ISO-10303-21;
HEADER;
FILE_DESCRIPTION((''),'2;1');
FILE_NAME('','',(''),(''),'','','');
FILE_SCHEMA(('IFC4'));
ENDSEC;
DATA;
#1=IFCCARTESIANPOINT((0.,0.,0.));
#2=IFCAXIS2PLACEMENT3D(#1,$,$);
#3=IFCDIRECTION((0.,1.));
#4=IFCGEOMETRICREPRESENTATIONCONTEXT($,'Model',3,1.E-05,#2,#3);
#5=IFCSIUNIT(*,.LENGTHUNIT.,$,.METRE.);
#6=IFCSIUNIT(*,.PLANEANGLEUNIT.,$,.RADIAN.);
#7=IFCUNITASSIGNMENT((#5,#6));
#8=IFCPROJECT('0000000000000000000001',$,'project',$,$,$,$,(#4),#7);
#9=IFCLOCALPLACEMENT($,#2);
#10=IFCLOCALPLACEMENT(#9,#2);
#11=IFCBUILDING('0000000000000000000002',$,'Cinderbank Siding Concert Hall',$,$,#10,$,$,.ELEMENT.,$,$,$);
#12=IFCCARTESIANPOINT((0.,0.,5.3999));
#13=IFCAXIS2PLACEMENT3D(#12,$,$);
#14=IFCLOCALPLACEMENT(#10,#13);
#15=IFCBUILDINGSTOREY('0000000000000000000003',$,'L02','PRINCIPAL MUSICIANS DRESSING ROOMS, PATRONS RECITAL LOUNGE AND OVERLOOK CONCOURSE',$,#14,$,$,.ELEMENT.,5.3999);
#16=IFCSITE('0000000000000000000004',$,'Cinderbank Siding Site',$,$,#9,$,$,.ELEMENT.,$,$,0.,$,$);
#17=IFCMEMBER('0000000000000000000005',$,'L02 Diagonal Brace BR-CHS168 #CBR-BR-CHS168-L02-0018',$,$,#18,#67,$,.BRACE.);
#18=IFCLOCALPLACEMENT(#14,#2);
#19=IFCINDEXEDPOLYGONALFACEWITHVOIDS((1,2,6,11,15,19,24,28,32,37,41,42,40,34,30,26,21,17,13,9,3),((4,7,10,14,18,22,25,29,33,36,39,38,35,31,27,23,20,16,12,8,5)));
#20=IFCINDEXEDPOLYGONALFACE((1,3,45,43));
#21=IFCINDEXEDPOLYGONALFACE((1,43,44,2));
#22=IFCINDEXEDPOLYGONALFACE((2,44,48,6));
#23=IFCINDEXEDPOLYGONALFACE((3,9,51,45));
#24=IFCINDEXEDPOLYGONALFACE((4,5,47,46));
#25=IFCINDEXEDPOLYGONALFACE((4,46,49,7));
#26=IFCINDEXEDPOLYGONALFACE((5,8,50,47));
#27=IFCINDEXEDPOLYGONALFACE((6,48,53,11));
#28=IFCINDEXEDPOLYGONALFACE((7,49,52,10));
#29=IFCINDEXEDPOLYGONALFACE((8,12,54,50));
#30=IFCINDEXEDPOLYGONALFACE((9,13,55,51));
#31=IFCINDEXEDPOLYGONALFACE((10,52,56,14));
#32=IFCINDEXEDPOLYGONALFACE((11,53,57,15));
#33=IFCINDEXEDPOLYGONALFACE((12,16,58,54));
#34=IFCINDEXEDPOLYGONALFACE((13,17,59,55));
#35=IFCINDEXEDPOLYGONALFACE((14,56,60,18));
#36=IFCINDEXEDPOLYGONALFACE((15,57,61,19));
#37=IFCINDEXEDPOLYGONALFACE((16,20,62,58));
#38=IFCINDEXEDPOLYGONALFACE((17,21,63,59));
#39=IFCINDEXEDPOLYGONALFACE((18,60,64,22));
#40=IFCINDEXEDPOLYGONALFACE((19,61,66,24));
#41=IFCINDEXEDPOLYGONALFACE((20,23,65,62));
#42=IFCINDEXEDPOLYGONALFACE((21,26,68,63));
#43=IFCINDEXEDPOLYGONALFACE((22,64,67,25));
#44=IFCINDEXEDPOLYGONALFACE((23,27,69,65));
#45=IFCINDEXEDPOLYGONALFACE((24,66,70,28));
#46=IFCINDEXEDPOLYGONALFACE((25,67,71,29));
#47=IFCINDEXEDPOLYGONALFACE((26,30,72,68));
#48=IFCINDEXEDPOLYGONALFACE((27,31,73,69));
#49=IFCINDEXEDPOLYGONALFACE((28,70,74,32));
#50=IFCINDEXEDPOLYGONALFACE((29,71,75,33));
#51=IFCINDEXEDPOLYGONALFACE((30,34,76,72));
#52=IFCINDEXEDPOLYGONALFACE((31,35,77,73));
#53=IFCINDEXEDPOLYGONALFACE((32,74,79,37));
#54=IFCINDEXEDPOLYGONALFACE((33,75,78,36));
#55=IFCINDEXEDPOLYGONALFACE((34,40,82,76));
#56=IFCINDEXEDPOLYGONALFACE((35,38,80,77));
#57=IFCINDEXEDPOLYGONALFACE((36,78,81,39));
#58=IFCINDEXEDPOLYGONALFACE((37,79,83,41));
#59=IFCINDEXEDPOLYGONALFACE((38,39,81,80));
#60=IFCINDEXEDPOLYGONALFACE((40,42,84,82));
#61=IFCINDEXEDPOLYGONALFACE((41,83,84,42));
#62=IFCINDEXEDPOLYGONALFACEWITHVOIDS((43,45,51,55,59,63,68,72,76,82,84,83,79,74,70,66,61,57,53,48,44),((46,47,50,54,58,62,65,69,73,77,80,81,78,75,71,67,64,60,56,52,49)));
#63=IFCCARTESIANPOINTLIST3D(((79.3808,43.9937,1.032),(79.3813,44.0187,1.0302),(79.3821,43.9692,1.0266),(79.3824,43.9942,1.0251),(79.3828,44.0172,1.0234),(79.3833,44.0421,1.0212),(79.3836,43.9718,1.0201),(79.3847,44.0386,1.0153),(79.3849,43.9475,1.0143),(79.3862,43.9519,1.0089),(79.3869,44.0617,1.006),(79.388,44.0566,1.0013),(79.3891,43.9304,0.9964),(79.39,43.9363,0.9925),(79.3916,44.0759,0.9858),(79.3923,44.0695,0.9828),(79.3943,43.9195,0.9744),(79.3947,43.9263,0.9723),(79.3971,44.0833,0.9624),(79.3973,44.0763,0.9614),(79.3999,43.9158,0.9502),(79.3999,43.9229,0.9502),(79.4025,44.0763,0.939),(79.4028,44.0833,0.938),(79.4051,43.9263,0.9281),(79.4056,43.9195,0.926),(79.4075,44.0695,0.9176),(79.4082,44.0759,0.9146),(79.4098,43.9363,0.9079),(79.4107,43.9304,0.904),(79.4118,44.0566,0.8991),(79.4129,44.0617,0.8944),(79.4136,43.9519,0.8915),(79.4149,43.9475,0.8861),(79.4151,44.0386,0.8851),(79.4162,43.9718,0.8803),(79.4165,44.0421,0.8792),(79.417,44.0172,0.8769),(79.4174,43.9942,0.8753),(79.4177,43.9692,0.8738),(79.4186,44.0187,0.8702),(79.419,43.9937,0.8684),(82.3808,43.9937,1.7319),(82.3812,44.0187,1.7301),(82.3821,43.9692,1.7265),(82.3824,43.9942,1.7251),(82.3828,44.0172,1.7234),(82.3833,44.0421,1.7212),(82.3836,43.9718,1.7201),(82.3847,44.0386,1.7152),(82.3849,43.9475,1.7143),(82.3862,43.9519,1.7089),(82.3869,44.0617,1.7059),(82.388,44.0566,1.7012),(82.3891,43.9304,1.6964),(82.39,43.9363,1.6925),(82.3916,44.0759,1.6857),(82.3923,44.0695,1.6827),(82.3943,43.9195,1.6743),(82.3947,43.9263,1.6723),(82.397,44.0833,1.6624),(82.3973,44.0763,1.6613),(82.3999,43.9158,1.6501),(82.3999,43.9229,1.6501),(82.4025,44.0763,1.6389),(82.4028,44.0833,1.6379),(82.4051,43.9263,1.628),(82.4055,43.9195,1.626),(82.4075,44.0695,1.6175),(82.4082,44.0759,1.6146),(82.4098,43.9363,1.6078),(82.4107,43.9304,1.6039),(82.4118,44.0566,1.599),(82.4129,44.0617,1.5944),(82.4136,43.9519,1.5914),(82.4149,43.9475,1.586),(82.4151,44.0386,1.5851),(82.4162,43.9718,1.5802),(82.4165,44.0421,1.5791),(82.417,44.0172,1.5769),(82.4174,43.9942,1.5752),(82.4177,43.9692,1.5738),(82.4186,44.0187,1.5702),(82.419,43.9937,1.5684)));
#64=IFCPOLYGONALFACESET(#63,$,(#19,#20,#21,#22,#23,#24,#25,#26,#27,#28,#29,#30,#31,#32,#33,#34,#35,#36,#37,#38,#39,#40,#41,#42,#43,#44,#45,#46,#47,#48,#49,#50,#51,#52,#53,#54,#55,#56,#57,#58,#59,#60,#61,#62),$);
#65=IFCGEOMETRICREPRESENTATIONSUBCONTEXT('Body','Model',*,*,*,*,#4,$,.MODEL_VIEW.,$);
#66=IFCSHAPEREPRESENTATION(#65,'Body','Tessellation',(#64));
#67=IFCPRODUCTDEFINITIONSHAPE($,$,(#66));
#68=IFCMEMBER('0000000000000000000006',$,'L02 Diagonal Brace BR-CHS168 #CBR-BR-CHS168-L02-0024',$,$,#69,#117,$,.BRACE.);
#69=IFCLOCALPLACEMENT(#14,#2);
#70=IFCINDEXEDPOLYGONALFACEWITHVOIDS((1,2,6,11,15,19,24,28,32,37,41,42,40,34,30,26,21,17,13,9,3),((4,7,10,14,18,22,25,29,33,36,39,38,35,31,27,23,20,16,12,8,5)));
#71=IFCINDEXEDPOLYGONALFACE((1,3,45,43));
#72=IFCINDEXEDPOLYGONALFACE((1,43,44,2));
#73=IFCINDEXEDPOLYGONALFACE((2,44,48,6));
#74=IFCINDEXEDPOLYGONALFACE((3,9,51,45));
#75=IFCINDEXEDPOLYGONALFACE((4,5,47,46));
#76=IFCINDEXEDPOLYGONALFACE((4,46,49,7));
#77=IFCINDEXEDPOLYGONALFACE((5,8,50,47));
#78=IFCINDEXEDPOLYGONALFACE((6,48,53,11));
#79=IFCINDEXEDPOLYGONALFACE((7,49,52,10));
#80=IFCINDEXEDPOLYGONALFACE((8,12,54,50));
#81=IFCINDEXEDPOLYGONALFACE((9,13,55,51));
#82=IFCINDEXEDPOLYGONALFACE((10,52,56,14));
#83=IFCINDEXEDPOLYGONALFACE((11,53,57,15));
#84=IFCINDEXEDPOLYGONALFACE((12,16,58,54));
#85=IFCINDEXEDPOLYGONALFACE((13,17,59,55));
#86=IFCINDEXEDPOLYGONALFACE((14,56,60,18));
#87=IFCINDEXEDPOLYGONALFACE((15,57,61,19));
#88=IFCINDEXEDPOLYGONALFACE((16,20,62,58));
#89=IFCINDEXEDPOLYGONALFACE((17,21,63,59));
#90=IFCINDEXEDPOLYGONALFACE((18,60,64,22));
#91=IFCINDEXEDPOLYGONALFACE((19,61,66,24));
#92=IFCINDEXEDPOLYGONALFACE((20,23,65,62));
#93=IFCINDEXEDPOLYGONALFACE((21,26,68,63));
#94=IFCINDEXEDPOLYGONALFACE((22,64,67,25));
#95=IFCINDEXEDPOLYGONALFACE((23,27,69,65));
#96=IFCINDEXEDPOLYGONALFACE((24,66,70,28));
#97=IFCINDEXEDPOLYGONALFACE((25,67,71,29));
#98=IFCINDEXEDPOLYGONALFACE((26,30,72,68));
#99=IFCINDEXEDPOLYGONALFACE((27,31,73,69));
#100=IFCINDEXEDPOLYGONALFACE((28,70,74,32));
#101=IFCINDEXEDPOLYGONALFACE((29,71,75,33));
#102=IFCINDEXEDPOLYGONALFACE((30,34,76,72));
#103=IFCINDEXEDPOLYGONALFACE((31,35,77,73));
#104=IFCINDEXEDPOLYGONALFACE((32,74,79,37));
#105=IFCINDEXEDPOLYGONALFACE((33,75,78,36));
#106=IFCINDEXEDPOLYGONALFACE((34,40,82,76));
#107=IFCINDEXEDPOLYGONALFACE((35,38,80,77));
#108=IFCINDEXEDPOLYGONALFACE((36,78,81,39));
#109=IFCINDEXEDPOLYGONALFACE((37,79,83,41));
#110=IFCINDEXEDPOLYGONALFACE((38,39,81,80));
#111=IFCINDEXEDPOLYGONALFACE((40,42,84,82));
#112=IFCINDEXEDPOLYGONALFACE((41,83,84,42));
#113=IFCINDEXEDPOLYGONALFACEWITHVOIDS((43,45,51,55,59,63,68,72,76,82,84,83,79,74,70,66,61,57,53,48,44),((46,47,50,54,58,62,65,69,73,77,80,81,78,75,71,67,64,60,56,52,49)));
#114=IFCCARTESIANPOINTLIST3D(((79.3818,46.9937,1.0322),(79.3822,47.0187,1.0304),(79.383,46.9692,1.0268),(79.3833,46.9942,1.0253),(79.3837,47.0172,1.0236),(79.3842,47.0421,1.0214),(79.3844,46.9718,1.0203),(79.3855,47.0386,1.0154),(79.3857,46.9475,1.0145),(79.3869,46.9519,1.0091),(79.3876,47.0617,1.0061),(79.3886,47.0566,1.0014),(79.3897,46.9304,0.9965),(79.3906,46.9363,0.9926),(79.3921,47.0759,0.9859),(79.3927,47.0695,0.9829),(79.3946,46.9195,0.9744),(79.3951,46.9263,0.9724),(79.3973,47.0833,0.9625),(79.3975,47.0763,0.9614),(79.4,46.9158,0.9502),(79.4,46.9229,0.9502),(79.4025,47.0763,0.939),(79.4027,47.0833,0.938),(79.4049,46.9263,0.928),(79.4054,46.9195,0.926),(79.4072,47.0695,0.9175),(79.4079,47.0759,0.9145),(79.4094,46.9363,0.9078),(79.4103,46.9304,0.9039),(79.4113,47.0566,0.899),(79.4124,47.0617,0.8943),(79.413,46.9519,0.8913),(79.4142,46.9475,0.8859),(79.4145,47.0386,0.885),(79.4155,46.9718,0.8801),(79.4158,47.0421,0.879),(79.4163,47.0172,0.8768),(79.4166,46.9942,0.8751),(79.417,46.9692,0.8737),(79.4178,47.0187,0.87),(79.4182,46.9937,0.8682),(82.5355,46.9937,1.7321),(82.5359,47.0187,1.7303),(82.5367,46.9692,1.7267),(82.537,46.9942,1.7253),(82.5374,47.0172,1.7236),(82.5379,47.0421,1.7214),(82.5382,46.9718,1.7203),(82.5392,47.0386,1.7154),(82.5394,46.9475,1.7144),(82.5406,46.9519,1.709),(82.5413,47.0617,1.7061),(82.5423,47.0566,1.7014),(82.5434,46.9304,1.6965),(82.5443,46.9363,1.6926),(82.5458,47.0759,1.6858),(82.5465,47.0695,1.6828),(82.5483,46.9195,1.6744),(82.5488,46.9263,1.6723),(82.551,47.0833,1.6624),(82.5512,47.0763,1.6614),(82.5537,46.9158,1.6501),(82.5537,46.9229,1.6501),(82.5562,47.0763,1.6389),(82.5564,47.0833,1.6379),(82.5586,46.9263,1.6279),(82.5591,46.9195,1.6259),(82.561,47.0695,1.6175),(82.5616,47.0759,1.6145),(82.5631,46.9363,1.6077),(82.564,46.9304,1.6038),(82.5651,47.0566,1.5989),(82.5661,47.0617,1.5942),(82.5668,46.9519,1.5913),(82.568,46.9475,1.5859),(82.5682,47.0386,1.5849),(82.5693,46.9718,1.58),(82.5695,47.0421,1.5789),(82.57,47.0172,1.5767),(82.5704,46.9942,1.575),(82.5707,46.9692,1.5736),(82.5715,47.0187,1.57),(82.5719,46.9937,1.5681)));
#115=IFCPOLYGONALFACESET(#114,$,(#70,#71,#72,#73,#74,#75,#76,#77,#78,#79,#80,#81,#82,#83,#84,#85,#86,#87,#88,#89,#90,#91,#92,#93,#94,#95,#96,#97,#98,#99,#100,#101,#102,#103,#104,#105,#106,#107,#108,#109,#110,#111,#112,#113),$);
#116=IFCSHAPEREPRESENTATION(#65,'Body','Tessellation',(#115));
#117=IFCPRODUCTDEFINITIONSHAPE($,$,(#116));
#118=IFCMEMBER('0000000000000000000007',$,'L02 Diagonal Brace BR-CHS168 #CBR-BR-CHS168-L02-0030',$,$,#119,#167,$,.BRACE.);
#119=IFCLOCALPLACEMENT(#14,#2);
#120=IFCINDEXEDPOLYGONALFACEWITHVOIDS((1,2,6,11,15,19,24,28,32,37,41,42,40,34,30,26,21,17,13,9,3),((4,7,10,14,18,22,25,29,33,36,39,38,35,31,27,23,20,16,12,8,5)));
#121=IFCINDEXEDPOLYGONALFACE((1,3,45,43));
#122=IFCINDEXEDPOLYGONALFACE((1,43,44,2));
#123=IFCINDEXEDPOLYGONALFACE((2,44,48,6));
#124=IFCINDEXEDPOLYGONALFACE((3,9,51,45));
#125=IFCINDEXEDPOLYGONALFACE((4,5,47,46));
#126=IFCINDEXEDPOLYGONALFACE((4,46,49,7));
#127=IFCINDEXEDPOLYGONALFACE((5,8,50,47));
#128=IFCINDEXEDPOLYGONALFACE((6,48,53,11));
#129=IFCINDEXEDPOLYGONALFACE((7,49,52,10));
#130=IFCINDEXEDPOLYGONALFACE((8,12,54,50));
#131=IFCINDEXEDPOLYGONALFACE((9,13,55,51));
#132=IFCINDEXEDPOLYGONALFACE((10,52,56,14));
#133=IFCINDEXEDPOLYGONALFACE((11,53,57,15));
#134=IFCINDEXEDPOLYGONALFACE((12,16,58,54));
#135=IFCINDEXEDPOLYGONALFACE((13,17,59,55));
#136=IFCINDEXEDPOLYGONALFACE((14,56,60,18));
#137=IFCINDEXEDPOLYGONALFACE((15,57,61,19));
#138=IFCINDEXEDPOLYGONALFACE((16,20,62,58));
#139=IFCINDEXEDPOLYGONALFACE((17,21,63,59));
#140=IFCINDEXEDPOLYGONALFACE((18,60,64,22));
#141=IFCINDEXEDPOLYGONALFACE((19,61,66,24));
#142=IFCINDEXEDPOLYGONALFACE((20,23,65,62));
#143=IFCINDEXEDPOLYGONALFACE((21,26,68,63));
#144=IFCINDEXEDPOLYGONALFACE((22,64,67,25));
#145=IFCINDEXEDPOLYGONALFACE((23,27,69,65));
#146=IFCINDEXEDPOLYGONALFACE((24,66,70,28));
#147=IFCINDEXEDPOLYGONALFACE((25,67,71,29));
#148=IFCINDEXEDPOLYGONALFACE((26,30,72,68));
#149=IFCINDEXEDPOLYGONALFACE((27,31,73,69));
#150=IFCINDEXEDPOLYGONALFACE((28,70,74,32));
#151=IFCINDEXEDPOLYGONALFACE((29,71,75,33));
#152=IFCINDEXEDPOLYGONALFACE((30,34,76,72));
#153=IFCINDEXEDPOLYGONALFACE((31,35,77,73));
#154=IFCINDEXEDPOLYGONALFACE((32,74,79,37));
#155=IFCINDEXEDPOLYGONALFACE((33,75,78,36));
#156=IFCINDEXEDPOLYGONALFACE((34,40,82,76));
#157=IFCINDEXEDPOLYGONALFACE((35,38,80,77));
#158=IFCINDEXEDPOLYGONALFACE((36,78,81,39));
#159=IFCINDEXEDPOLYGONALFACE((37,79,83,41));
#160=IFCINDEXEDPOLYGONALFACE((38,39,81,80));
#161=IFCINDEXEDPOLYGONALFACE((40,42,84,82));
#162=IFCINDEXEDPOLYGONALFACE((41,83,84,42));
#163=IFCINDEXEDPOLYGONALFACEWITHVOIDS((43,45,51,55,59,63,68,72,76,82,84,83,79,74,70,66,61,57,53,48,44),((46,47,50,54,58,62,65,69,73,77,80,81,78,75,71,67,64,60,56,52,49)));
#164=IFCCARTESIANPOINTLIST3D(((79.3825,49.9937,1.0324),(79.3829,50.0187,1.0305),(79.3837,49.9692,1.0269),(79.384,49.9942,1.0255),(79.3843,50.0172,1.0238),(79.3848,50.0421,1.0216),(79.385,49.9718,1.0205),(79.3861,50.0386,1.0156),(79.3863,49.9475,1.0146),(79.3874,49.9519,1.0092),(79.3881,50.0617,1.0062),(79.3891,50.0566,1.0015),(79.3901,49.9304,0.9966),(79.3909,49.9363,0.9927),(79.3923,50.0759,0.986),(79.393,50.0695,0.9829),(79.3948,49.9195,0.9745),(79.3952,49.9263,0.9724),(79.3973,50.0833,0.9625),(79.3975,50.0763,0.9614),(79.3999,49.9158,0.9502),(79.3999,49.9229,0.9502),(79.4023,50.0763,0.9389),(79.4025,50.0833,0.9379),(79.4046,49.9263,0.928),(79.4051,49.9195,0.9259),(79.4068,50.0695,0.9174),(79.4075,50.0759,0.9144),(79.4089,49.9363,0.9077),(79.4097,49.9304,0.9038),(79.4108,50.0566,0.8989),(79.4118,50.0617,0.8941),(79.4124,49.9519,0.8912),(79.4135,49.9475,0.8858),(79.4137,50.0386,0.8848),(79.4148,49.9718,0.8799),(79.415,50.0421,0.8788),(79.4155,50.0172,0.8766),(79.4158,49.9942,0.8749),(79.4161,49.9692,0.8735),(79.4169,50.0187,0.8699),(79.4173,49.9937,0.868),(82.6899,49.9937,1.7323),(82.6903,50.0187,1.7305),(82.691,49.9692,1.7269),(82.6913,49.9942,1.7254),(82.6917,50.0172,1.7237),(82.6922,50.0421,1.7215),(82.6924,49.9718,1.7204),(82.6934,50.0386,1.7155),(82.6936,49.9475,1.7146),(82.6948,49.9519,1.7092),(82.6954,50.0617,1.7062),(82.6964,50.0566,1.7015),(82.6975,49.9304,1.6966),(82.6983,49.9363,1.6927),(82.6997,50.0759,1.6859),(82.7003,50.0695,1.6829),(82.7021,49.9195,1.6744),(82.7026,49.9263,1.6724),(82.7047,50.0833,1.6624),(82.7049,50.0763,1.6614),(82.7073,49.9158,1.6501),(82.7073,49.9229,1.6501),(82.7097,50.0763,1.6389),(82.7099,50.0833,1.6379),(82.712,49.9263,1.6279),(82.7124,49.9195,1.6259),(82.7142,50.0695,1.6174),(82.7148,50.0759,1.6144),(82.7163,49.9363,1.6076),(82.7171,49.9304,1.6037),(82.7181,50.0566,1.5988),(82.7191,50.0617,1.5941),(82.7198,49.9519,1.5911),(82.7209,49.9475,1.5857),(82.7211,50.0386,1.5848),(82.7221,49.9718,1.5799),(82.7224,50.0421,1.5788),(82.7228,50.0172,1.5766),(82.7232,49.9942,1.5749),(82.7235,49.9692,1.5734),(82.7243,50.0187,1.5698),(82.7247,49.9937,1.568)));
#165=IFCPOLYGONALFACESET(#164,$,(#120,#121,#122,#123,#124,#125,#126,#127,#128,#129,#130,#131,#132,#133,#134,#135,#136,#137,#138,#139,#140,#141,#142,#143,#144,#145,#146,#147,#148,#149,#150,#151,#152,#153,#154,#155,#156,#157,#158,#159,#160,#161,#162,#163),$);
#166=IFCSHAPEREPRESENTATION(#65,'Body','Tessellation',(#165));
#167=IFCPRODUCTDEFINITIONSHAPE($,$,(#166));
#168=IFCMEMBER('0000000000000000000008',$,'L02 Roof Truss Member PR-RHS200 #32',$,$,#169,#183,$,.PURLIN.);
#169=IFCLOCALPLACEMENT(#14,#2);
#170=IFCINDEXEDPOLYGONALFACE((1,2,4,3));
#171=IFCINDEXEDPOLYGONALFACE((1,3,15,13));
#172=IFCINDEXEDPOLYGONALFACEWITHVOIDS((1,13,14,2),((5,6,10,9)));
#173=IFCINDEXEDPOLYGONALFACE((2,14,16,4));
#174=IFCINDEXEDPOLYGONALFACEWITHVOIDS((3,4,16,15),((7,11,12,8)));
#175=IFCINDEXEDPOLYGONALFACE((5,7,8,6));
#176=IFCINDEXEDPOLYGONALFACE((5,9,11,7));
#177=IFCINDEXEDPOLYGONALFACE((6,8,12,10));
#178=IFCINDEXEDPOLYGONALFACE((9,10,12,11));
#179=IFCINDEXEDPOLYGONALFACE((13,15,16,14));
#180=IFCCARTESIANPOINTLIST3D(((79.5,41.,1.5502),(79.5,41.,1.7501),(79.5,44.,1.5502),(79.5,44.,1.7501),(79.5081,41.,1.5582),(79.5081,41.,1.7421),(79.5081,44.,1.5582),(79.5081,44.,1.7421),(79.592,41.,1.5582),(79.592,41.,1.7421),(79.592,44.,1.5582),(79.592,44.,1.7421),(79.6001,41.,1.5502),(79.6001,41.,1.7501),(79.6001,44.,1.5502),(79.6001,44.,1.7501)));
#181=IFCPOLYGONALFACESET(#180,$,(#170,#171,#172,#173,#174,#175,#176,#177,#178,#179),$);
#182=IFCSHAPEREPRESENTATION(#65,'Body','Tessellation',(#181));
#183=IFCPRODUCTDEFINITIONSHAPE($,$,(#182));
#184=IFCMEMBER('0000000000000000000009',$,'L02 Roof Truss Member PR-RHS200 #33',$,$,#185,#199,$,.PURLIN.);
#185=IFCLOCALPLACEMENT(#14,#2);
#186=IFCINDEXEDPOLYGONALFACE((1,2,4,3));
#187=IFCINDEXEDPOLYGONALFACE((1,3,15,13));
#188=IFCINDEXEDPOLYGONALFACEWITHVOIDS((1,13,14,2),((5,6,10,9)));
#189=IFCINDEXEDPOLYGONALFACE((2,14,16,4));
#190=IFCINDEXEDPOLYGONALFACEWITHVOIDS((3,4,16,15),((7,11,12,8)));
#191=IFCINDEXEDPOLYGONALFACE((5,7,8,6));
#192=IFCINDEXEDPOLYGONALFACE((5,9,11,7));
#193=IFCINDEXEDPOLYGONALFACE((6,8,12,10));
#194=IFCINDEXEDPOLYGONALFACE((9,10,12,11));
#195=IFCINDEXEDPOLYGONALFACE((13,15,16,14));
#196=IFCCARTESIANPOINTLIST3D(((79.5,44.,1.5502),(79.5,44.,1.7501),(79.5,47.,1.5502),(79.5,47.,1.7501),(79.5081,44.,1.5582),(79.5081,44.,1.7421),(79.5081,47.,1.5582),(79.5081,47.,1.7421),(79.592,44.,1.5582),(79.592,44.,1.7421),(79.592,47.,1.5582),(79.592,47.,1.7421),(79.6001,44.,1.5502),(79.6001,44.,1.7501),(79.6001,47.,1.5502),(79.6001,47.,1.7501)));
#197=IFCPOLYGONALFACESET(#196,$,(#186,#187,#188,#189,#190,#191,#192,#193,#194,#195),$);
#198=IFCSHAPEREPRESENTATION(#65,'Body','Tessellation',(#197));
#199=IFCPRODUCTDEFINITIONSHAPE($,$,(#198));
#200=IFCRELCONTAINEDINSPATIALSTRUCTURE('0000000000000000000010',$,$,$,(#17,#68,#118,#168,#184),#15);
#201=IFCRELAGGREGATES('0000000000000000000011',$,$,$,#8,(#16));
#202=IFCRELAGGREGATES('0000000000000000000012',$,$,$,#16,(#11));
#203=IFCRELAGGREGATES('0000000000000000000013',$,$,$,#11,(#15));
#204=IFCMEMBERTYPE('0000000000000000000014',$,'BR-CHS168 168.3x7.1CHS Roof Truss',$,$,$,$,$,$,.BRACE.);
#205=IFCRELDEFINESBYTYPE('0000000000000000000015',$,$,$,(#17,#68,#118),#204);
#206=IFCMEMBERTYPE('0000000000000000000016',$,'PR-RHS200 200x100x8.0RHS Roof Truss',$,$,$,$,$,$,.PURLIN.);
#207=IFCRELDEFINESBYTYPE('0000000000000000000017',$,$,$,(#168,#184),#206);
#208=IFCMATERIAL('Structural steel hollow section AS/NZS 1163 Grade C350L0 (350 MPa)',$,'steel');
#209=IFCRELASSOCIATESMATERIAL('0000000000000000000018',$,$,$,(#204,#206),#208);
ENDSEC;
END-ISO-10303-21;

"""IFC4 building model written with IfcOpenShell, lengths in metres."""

from ifc_helpers import new_model, si_unit, direction, frame, origin, origin_2d, place, context, subcontext, project, spatial, hollow_rectangle, hollow_circle, extrude, material, material_profile, profile_set, type_object, element, save


model = new_model("IFC4")

# Units and contexts
model_context = context("Model", 3, precision=1e-05, world=origin(), true_north=direction((0.0, 1.0)))
body_context = subcontext(model_context, "Body", "Model", "MODEL_VIEW")
ifc_project = project(units=[si_unit("LENGTHUNIT", "METRE"), si_unit("PLANEANGLEUNIT", "RADIAN")], contexts=[model_context])

# Site, building, storey
site_placement = place(None, origin())
site = spatial("IfcSite", under=ifc_project, at=site_placement, Name="Cinderbank Siding Site", CompositionType="ELEMENT", RefElevation=0.0)
building_placement = place(site_placement, origin())
building = spatial("IfcBuilding", under=site, at=building_placement, Name="Cinderbank Siding Concert Hall", CompositionType="ELEMENT")
storey_placement = place(building_placement, frame((0.0, 0.0, 5.3999)))
storey = spatial("IfcBuildingStorey", under=building, at=storey_placement, Name="L02", Description="PRINCIPAL MUSICIANS DRESSING ROOMS, PATRONS RECITAL LOUNGE AND OVERLOOK CONCOURSE", CompositionType="ELEMENT", Elevation=5.3999)

# Shared definitions
ifc_material_1 = material(Name="Structural steel hollow section AS/NZS 1163 Grade C350L0 (350 MPa)", Category="steel")

# Members
ifc_material_profile_1 = material_profile(ifc_material_1, hollow_circle(Radius=0.0842, WallThickness=0.0071, at=origin_2d()), Name="168.3x7.1CHS", Category="LoadBearing")
ifc_profile_set_1 = profile_set([ifc_material_profile_1], Name="Structural steel hollow section AS/NZS 1163 Grade C350L0 (350 MPa)")
member_type_1 = type_object("IfcMemberType", Name="BR-CHS168 168.3x7.1CHS Roof Truss", PredefinedType="BRACE", material=ifc_profile_set_1)
member_1_placement = place(storey_placement, frame((82.3999, 44.0, 1.6501), z_axis=(-0.973845, 0.0, -0.227215), x_axis=(0.0, -1.0, 0.0)))
element("IfcMember", 1, at=member_1_placement, inside=storey, type_object=member_type_1, Name="L02 Diagonal Brace BR-CHS168 #CBR-BR-CHS168-L02-0018", PredefinedType="BRACE", context=body_context, shape_type="SweptSolid", body=[
    extrude(hollow_circle(Radius=0.0842, WallThickness=0.0071, at=origin_2d()), origin(), (0.0, 0.0, 1.0), 3.0806),
])
member_2_placement = place(storey_placement, frame((82.5537, 47.0, 1.6501), z_axis=(-0.976246, 0.0, -0.216666), x_axis=(0.0, -1.0, 0.0)))
element("IfcMember", 2, at=member_2_placement, inside=storey, type_object=member_type_1, Name="L02 Diagonal Brace BR-CHS168 #CBR-BR-CHS168-L02-0024", PredefinedType="BRACE", context=body_context, shape_type="SweptSolid", body=[
    extrude(hollow_circle(Radius=0.0842, WallThickness=0.0071, at=origin_2d()), origin(), (0.0, 0.0, 1.0), 3.2305),
])
member_3_placement = place(storey_placement, frame((82.7073, 50.0, 1.6501), z_axis=(-0.978331, 0.0, -0.207048), x_axis=(0.0, -1.0, 0.0)))
element("IfcMember", 3, at=member_3_placement, inside=storey, type_object=member_type_1, Name="L02 Diagonal Brace BR-CHS168 #CBR-BR-CHS168-L02-0030", PredefinedType="BRACE", context=body_context, shape_type="SweptSolid", body=[
    extrude(hollow_circle(Radius=0.0842, WallThickness=0.0071, at=origin_2d()), origin(), (0.0, 0.0, 1.0), 3.3806),
])
ifc_material_profile_2 = material_profile(ifc_material_1, hollow_rectangle(XDim=0.1001, YDim=0.2, WallThickness=0.0081, at=origin_2d()), Name="200x100x8.0RHS", Category="LoadBearing")
ifc_profile_set_2 = profile_set([ifc_material_profile_2], Name="Structural steel hollow section AS/NZS 1163 Grade C350L0 (350 MPa)")
member_type_2 = type_object("IfcMemberType", Name="PR-RHS200 200x100x8.0RHS Roof Truss", PredefinedType="PURLIN", material=ifc_profile_set_2)
for number, where, z_axis, x_axis, name in (
    (4, (79.55, 41.0, 1.6501), (0.0, 1.0, 0.0), (-1.0, 0.0, 0.0), "L02 Roof Truss Member PR-RHS200 #32"),
    (5, (79.55, 44.0, 1.6501), (0.0, 1.0, 0.0), (-1.0, 0.0, 0.0), "L02 Roof Truss Member PR-RHS200 #33"),
):
    element("IfcMember", number, at=place(storey_placement, frame(where, z_axis=z_axis, x_axis=x_axis)), inside=storey, type_object=member_type_2, Name=name, PredefinedType="PURLIN", context=body_context, shape_type="SweptSolid", body=[
        extrude(hollow_rectangle(XDim=0.1001, YDim=0.2, WallThickness=0.0081, at=origin_2d()), origin(), (0.0, 0.0, 1.0), 3.0),
    ])

save(model, "model.ifc")
